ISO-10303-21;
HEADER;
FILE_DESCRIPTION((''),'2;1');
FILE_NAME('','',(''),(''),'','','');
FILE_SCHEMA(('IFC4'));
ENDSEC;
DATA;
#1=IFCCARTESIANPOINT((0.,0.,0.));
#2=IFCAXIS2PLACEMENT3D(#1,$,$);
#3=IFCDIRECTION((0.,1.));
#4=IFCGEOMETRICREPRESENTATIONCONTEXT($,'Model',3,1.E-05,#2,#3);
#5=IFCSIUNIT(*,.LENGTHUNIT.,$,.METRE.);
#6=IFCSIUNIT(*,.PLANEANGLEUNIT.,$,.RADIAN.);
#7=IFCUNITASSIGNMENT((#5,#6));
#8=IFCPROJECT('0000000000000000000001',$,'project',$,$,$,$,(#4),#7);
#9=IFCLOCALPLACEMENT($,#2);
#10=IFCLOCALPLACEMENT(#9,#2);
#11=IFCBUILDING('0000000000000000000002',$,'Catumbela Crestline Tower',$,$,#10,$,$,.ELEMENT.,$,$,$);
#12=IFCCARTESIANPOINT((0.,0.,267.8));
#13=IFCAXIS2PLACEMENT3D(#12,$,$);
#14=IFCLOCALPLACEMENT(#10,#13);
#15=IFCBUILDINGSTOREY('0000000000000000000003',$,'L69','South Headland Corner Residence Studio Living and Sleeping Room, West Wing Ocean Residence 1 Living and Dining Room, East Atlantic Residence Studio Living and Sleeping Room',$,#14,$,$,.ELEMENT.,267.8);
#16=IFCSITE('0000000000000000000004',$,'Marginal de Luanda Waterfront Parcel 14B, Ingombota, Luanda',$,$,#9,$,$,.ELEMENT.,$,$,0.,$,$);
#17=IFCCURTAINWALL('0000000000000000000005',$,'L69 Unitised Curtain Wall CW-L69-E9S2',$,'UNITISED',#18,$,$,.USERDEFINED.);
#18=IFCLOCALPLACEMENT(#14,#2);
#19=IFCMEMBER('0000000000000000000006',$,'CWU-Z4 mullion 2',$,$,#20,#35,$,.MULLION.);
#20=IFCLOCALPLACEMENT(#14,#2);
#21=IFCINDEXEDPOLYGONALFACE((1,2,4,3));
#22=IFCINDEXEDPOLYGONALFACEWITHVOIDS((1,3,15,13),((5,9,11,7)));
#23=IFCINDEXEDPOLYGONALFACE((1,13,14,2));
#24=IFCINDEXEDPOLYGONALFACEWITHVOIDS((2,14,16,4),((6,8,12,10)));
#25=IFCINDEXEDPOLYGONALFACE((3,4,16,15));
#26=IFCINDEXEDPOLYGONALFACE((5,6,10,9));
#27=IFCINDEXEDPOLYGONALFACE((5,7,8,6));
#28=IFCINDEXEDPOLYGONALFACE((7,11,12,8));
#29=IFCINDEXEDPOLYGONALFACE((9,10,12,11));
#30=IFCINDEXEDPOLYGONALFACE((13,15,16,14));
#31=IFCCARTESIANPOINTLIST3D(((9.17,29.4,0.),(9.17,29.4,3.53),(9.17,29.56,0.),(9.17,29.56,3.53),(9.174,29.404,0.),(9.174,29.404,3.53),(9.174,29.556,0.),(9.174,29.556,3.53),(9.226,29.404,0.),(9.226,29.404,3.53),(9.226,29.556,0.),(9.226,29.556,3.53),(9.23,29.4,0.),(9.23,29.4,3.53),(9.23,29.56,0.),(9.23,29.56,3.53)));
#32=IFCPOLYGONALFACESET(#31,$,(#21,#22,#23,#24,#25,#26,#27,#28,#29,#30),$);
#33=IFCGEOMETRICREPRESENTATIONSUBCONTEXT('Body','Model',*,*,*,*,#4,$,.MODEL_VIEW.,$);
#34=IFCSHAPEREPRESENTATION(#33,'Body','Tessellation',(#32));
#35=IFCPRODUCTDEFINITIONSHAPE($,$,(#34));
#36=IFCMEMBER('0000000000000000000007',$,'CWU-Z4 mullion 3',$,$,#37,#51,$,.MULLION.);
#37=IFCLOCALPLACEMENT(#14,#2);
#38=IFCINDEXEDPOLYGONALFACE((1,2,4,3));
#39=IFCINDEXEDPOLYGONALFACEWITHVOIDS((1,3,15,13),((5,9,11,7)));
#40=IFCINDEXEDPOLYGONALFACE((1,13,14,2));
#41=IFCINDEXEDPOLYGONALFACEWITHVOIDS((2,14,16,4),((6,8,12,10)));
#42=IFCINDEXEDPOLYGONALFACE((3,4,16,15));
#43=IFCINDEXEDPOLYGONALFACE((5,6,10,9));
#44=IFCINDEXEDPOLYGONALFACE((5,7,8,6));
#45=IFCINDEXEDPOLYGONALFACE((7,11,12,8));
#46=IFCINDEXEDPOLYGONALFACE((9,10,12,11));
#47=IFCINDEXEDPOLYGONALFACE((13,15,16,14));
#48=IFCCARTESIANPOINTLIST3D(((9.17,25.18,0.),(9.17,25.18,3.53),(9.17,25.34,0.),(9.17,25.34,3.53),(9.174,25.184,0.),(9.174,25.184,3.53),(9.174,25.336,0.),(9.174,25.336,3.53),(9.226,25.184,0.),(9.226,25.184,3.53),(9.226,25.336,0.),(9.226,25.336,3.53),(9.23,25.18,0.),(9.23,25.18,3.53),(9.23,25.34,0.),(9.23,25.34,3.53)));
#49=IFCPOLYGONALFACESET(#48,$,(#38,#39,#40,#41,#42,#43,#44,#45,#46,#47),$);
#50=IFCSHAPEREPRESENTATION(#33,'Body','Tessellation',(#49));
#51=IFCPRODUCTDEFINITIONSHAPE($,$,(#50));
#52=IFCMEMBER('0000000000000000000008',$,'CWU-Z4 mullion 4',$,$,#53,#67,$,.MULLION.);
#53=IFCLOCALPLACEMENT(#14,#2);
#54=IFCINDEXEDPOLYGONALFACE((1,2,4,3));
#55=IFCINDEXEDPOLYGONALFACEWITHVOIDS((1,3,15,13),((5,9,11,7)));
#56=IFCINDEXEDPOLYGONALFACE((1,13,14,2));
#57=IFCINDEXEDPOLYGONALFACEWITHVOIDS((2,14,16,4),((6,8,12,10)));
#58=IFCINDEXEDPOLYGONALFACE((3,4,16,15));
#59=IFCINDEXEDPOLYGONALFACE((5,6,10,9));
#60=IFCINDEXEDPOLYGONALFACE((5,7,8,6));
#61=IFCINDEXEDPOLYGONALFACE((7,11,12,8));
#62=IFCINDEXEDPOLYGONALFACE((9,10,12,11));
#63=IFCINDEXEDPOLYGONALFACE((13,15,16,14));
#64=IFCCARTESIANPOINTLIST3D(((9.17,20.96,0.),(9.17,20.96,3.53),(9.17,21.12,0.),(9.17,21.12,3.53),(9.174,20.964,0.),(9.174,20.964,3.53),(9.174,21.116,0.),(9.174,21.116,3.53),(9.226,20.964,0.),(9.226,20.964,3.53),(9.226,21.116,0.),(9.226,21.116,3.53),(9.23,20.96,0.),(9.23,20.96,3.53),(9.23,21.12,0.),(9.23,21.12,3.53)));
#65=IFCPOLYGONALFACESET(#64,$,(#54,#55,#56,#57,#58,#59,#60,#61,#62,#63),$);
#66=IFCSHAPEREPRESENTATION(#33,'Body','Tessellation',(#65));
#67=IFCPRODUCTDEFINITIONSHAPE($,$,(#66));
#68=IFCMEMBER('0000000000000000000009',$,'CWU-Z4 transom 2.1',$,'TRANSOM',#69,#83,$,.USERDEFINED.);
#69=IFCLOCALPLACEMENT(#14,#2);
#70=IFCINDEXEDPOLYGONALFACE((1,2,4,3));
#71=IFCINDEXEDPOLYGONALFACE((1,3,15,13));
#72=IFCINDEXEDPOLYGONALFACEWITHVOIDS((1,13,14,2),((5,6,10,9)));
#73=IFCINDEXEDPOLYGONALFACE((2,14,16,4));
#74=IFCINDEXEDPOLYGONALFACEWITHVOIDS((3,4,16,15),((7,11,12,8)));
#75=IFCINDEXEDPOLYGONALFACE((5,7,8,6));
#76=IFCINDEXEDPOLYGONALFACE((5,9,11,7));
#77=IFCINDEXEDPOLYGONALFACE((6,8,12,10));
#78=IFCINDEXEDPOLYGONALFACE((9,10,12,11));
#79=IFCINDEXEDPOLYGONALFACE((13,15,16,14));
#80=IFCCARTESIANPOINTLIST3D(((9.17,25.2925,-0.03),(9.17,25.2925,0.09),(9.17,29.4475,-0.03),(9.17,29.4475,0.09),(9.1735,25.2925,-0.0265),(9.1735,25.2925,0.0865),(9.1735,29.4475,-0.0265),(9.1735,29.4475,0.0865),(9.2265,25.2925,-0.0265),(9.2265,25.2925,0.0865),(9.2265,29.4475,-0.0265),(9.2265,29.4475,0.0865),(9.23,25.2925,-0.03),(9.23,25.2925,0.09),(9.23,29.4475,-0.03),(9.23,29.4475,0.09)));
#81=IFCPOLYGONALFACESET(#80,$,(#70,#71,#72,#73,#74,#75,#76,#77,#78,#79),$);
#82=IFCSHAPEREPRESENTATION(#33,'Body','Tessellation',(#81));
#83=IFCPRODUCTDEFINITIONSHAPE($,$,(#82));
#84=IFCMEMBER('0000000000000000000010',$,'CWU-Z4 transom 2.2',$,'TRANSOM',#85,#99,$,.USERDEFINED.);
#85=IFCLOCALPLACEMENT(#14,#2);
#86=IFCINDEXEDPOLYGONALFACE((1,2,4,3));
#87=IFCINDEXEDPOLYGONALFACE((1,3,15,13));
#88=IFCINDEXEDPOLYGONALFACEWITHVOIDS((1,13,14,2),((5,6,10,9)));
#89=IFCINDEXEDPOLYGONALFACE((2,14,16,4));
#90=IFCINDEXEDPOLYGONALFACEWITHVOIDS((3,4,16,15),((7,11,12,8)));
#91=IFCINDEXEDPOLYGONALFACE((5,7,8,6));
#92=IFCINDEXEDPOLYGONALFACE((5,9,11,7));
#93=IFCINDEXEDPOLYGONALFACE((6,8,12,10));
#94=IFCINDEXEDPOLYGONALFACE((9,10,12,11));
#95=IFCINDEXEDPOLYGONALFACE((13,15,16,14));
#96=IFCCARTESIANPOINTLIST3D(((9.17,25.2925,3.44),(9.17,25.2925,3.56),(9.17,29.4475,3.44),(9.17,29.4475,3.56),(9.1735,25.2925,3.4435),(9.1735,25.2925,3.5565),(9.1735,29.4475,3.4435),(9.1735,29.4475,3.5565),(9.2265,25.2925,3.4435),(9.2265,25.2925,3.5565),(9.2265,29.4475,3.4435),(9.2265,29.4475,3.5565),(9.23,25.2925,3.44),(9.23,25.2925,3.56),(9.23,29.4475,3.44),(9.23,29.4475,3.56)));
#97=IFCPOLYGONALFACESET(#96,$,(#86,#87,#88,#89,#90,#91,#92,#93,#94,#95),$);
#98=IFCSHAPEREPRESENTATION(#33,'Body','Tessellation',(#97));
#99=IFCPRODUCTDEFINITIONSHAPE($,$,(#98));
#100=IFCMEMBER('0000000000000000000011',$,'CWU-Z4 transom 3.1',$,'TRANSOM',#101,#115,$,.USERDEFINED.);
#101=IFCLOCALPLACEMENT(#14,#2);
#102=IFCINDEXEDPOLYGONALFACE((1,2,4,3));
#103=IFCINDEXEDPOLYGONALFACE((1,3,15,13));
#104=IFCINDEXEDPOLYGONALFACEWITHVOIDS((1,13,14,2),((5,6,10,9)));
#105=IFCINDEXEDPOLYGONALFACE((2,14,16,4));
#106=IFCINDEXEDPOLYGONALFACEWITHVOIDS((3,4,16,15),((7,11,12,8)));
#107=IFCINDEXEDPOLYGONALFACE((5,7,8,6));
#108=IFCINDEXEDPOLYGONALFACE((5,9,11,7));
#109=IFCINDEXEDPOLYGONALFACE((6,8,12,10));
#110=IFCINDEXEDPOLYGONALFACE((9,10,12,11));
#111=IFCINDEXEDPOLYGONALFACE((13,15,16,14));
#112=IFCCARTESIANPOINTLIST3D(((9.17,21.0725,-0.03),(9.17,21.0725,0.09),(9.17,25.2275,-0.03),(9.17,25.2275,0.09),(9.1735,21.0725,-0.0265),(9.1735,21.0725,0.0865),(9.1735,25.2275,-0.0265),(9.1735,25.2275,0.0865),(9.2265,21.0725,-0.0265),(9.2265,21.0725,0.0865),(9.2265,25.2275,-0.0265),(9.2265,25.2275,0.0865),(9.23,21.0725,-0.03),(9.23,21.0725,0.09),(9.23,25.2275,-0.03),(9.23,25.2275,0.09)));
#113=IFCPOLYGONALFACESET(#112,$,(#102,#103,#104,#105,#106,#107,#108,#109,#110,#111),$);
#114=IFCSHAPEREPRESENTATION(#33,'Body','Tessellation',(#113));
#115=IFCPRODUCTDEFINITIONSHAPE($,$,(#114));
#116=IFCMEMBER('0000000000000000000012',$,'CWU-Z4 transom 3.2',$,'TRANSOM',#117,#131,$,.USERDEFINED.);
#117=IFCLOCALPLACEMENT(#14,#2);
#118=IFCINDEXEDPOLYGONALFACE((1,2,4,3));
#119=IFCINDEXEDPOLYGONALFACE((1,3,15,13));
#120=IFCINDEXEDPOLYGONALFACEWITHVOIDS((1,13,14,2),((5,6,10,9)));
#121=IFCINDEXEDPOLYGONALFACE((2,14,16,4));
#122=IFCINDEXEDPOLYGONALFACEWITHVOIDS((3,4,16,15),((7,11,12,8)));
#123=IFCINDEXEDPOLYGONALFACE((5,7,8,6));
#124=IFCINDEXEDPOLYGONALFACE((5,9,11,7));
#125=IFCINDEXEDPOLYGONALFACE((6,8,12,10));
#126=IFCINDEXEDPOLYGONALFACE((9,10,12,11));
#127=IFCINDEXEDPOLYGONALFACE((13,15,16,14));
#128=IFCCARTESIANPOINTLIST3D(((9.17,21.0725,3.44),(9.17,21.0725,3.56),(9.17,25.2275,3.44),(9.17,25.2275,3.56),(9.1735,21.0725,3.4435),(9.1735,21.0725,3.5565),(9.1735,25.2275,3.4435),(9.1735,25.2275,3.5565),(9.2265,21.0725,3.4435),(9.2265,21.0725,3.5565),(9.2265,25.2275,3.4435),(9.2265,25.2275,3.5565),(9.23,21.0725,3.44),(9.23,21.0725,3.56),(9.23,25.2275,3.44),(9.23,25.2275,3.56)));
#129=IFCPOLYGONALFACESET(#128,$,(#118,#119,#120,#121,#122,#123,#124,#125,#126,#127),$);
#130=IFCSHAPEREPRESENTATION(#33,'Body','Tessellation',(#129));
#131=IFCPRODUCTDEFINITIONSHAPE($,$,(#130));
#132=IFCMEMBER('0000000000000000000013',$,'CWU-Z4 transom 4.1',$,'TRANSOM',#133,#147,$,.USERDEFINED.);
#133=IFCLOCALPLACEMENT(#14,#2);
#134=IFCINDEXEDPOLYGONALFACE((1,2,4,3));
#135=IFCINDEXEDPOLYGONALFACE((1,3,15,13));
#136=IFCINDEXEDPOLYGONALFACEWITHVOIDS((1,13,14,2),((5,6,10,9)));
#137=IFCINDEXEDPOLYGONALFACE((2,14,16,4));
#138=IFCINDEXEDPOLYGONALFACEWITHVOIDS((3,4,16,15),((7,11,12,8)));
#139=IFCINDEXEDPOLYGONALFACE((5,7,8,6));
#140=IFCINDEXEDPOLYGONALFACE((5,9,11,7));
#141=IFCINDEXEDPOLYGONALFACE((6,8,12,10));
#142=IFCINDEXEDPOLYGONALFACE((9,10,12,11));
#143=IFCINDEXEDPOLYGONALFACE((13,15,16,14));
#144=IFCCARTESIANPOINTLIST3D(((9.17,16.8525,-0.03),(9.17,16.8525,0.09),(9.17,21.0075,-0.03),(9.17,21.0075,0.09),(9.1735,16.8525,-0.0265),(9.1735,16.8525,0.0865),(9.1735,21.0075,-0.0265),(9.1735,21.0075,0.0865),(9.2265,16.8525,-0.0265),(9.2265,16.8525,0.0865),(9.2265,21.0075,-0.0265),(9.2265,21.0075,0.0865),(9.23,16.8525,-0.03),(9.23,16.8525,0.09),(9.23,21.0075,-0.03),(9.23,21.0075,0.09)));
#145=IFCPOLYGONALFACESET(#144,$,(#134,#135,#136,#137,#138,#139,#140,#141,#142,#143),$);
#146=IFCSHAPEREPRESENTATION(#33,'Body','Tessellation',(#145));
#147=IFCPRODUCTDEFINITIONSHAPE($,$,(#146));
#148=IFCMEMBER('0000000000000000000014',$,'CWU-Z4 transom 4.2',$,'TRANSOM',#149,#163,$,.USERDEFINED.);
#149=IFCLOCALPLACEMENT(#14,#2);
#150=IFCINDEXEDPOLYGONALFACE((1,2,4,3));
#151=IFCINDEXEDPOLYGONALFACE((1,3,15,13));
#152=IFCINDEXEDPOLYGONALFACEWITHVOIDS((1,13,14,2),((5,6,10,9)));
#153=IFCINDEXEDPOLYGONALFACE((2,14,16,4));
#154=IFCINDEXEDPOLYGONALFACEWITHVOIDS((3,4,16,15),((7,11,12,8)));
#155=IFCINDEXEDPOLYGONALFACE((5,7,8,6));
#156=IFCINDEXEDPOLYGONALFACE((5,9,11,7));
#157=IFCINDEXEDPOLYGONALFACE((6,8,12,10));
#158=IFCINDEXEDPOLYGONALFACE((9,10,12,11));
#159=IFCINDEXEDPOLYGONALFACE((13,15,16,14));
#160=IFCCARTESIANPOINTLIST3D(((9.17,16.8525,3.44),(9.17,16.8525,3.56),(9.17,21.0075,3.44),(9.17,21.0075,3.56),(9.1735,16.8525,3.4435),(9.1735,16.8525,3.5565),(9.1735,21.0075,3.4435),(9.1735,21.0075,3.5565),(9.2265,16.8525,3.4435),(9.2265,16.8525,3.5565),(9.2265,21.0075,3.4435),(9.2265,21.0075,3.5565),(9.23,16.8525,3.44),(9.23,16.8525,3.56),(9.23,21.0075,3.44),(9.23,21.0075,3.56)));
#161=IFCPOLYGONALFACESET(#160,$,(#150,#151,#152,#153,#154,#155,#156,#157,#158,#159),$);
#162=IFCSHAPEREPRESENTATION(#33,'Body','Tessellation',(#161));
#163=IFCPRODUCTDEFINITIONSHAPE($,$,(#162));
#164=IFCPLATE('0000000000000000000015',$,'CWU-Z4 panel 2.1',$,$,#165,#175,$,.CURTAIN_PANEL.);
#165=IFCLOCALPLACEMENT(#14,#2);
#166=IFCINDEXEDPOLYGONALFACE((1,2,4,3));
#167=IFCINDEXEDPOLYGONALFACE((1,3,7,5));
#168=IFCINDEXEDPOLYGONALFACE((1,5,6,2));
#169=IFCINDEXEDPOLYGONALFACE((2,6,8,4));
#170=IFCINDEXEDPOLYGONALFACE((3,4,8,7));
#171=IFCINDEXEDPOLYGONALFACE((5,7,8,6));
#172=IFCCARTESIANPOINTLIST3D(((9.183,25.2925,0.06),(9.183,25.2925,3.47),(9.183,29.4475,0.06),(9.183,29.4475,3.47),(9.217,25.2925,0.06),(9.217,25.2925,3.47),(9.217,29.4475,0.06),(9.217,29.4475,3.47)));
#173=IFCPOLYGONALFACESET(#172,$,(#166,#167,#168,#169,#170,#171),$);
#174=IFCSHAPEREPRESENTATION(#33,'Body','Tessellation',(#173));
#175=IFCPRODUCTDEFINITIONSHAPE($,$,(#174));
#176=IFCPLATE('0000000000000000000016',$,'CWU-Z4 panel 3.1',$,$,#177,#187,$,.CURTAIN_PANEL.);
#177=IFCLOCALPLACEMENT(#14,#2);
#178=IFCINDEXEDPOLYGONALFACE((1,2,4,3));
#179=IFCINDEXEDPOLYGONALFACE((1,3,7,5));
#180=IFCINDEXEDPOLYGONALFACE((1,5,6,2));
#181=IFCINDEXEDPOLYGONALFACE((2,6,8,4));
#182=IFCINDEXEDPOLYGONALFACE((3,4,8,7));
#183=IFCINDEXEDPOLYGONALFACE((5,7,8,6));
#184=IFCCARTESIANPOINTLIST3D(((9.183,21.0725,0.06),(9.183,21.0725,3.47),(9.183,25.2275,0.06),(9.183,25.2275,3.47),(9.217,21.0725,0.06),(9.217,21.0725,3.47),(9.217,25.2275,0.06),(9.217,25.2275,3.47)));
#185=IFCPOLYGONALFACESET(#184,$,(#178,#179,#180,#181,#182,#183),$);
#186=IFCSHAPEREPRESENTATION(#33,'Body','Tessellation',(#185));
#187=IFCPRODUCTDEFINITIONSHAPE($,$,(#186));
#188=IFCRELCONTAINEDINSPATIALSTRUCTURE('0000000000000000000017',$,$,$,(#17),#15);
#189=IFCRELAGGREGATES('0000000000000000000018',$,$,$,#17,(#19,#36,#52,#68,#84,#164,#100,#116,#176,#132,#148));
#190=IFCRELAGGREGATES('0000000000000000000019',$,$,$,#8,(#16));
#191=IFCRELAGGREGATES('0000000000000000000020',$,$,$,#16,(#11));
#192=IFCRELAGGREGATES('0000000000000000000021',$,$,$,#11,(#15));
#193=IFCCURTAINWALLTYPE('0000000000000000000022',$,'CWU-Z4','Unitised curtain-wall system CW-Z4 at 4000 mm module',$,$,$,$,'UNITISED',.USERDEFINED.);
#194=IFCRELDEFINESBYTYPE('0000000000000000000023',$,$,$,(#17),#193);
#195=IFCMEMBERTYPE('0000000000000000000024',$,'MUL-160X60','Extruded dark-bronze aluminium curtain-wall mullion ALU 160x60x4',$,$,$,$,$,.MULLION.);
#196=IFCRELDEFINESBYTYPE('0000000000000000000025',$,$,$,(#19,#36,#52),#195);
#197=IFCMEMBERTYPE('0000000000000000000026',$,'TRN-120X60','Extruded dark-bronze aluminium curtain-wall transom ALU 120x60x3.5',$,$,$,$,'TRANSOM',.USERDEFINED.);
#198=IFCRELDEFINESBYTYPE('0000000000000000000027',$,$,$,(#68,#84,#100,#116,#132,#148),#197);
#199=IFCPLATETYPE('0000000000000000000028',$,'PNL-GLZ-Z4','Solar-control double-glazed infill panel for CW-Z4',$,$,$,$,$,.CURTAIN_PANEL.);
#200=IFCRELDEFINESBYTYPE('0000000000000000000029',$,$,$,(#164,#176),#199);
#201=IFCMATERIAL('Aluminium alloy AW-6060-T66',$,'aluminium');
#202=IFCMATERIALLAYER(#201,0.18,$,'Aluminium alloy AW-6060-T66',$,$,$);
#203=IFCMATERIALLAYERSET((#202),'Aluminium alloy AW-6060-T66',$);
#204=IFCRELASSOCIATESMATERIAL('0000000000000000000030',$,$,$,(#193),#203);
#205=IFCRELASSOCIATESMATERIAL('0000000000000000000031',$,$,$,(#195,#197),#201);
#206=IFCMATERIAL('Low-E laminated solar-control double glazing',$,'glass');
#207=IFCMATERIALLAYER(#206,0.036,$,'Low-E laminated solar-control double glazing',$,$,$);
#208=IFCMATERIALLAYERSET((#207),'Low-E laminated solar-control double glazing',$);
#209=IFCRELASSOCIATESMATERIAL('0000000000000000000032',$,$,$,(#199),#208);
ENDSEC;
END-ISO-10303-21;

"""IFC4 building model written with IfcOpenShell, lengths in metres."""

from ifc_helpers import new_model, si_unit, direction, frame, origin, origin_2d, place, context, subcontext, project, spatial, rectangle, hollow_rectangle, extrude, material, layer, layer_set, material_profile, profile_set, type_object, element, aggregate, save


model = new_model("IFC4")

# Units and contexts
model_context = context("Model", 3, precision=1e-05, world=origin(), true_north=direction((0.0, 1.0)))
body_context = subcontext(model_context, "Body", "Model", "MODEL_VIEW")
ifc_project = project(units=[si_unit("LENGTHUNIT", "METRE"), si_unit("PLANEANGLEUNIT", "RADIAN")], contexts=[model_context])

# Site, building, storey
site_placement = place(None, origin())
site = spatial("IfcSite", under=ifc_project, at=site_placement, Name="Marginal de Luanda Waterfront Parcel 14B, Ingombota, Luanda", CompositionType="ELEMENT", RefElevation=0.0)
building_placement = place(site_placement, origin())
building = spatial("IfcBuilding", under=site, at=building_placement, Name="Catumbela Crestline Tower", CompositionType="ELEMENT")
storey_placement = place(building_placement, frame((0.0, 0.0, 267.8)))
storey = spatial("IfcBuildingStorey", under=building, at=storey_placement, Name="L69", Description="South Headland Corner Residence Studio Living and Sleeping Room, West Wing Ocean Residence 1 Living and Dining Room, East Atlantic Residence Studio Living and Sleeping Room", CompositionType="ELEMENT", Elevation=267.8)

# Curtain wall, members, plates
ifc_material_1 = material(Name="Aluminium alloy AW-6060-T66", Category="aluminium")
ifc_layer_1 = layer(ifc_material_1, 0.18, Name="Aluminium alloy AW-6060-T66")
ifc_layer_set_1 = layer_set([ifc_layer_1], Name="Aluminium alloy AW-6060-T66")
curtain_wall_type = type_object("IfcCurtainWallType", Name="CWU-Z4", Description="Unitised curtain-wall system CW-Z4 at 4000 mm module", ElementType="UNITISED", PredefinedType="USERDEFINED", material=ifc_layer_set_1)
curtain_wall_placement = place(storey_placement, origin())
curtain_wall = element("IfcCurtainWall", 1, at=curtain_wall_placement, inside=storey, type_object=curtain_wall_type, Name="L69 Unitised Curtain Wall CW-L69-E9S2", ObjectType="UNITISED", PredefinedType="USERDEFINED")
ifc_material_profile_1 = material_profile(ifc_material_1, hollow_rectangle(XDim=0.06, YDim=0.16, WallThickness=0.004, at=origin_2d()), Name="ALU 160x60x4")
ifc_profile_set_1 = profile_set([ifc_material_profile_1], Name="Aluminium alloy AW-6060-T66")
member_type_1 = type_object("IfcMemberType", Name="MUL-160X60", Description="Extruded dark-bronze aluminium curtain-wall mullion ALU 160x60x4", PredefinedType="MULLION", material=ifc_profile_set_1)
member_1_placement = place(storey_placement, frame((9.2, 29.48, 0.0), z_axis=(0.0, 0.0, 1.0), x_axis=(1.0, 0.0, 0.0)))
member_1 = element("IfcMember", 2, at=member_1_placement, type_object=member_type_1, Name="CWU-Z4 mullion 2", PredefinedType="MULLION", context=body_context, shape_type="SweptSolid", body=[
    extrude(hollow_rectangle(XDim=0.06, YDim=0.16, WallThickness=0.004, at=origin_2d()), origin(), (0.0, 0.0, 1.0), 3.53),
])
member_2_placement = place(storey_placement, frame((9.2, 25.26, 0.0), z_axis=(0.0, 0.0, 1.0), x_axis=(1.0, 0.0, 0.0)))
member_2 = element("IfcMember", 3, at=member_2_placement, type_object=member_type_1, Name="CWU-Z4 mullion 3", PredefinedType="MULLION", context=body_context, shape_type="SweptSolid", body=[
    extrude(hollow_rectangle(XDim=0.06, YDim=0.16, WallThickness=0.004, at=origin_2d()), origin(), (0.0, 0.0, 1.0), 3.53),
])
member_3_placement = place(storey_placement, frame((9.2, 21.04, 0.0), z_axis=(0.0, 0.0, 1.0), x_axis=(1.0, 0.0, 0.0)))
member_3 = element("IfcMember", 4, at=member_3_placement, type_object=member_type_1, Name="CWU-Z4 mullion 4", PredefinedType="MULLION", context=body_context, shape_type="SweptSolid", body=[
    extrude(hollow_rectangle(XDim=0.06, YDim=0.16, WallThickness=0.004, at=origin_2d()), origin(), (0.0, 0.0, 1.0), 3.53),
])
ifc_material_profile_2 = material_profile(ifc_material_1, hollow_rectangle(XDim=0.06, YDim=0.12, WallThickness=0.0035, at=origin_2d()), Name="ALU 120x60x3.5")
ifc_profile_set_2 = profile_set([ifc_material_profile_2], Name="Aluminium alloy AW-6060-T66")
member_type_2 = type_object("IfcMemberType", Name="TRN-120X60", Description="Extruded dark-bronze aluminium curtain-wall transom ALU 120x60x3.5", ElementType="TRANSOM", PredefinedType="USERDEFINED", material=ifc_profile_set_2)
member_4_placement = place(storey_placement, frame((9.2, 29.4475, 0.03), z_axis=(0.0, -1.0, 0.0), x_axis=(1.0, 0.0, 0.0)))
member_4 = element("IfcMember", 5, at=member_4_placement, type_object=member_type_2, Name="CWU-Z4 transom 2.1", ObjectType="TRANSOM", PredefinedType="USERDEFINED", context=body_context, shape_type="SweptSolid", body=[
    extrude(hollow_rectangle(XDim=0.06, YDim=0.12, WallThickness=0.0035, at=origin_2d()), origin(), (0.0, 0.0, 1.0), 4.155),
])
member_5_placement = place(storey_placement, frame((9.2, 29.4475, 3.5), z_axis=(0.0, -1.0, 0.0), x_axis=(1.0, 0.0, 0.0)))
member_5 = element("IfcMember", 6, at=member_5_placement, type_object=member_type_2, Name="CWU-Z4 transom 2.2", ObjectType="TRANSOM", PredefinedType="USERDEFINED", context=body_context, shape_type="SweptSolid", body=[
    extrude(hollow_rectangle(XDim=0.06, YDim=0.12, WallThickness=0.0035, at=origin_2d()), origin(), (0.0, 0.0, 1.0), 4.155),
])
member_6_placement = place(storey_placement, frame((9.2, 25.2275, 0.03), z_axis=(0.0, -1.0, 0.0), x_axis=(1.0, 0.0, 0.0)))
member_6 = element("IfcMember", 7, at=member_6_placement, type_object=member_type_2, Name="CWU-Z4 transom 3.1", ObjectType="TRANSOM", PredefinedType="USERDEFINED", context=body_context, shape_type="SweptSolid", body=[
    extrude(hollow_rectangle(XDim=0.06, YDim=0.12, WallThickness=0.0035, at=origin_2d()), origin(), (0.0, 0.0, 1.0), 4.155),
])
member_7_placement = place(storey_placement, frame((9.2, 25.2275, 3.5), z_axis=(0.0, -1.0, 0.0), x_axis=(1.0, 0.0, 0.0)))
member_7 = element("IfcMember", 8, at=member_7_placement, type_object=member_type_2, Name="CWU-Z4 transom 3.2", ObjectType="TRANSOM", PredefinedType="USERDEFINED", context=body_context, shape_type="SweptSolid", body=[
    extrude(hollow_rectangle(XDim=0.06, YDim=0.12, WallThickness=0.0035, at=origin_2d()), origin(), (0.0, 0.0, 1.0), 4.155),
])
member_8_placement = place(storey_placement, frame((9.2, 21.0075, 0.03), z_axis=(0.0, -1.0, 0.0), x_axis=(1.0, 0.0, 0.0)))
member_8 = element("IfcMember", 9, at=member_8_placement, type_object=member_type_2, Name="CWU-Z4 transom 4.1", ObjectType="TRANSOM", PredefinedType="USERDEFINED", context=body_context, shape_type="SweptSolid", body=[
    extrude(hollow_rectangle(XDim=0.06, YDim=0.12, WallThickness=0.0035, at=origin_2d()), origin(), (0.0, 0.0, 1.0), 4.155),
])
member_9_placement = place(storey_placement, frame((9.2, 21.0075, 3.5), z_axis=(0.0, -1.0, 0.0), x_axis=(1.0, 0.0, 0.0)))
member_9 = element("IfcMember", 10, at=member_9_placement, type_object=member_type_2, Name="CWU-Z4 transom 4.2", ObjectType="TRANSOM", PredefinedType="USERDEFINED", context=body_context, shape_type="SweptSolid", body=[
    extrude(hollow_rectangle(XDim=0.06, YDim=0.12, WallThickness=0.0035, at=origin_2d()), origin(), (0.0, 0.0, 1.0), 4.155),
])
ifc_material_2 = material(Name="Low-E laminated solar-control double glazing", Category="glass")
ifc_layer_2 = layer(ifc_material_2, 0.036, Name="Low-E laminated solar-control double glazing")
ifc_layer_set_2 = layer_set([ifc_layer_2], Name="Low-E laminated solar-control double glazing")
plate_type = type_object("IfcPlateType", Name="PNL-GLZ-Z4", Description="Solar-control double-glazed infill panel for CW-Z4", PredefinedType="CURTAIN_PANEL", material=ifc_layer_set_2)
plate_1_placement = place(storey_placement, frame((9.2, 27.37, 0.06), z_axis=(0.0, 0.0, 1.0), x_axis=(0.0, -1.0, 0.0)))
plate_1 = element("IfcPlate", 11, at=plate_1_placement, type_object=plate_type, Name="CWU-Z4 panel 2.1", PredefinedType="CURTAIN_PANEL", context=body_context, shape_type="SweptSolid", body=[
    extrude(rectangle(XDim=4.155, YDim=0.034, at=origin_2d()), origin(), (0.0, 0.0, 1.0), 3.41),
])
plate_2_placement = place(storey_placement, frame((9.2, 23.15, 0.06), z_axis=(0.0, 0.0, 1.0), x_axis=(0.0, -1.0, 0.0)))
plate_2 = element("IfcPlate", 12, at=plate_2_placement, type_object=plate_type, Name="CWU-Z4 panel 3.1", PredefinedType="CURTAIN_PANEL", context=body_context, shape_type="SweptSolid", body=[
    extrude(rectangle(XDim=4.155, YDim=0.034, at=origin_2d()), origin(), (0.0, 0.0, 1.0), 3.41),
])
aggregate(curtain_wall, [member_1, member_2, member_3, member_4, member_5, plate_1, member_6, member_7, plate_2, member_8, member_9])

save(model, "model.ifc")
